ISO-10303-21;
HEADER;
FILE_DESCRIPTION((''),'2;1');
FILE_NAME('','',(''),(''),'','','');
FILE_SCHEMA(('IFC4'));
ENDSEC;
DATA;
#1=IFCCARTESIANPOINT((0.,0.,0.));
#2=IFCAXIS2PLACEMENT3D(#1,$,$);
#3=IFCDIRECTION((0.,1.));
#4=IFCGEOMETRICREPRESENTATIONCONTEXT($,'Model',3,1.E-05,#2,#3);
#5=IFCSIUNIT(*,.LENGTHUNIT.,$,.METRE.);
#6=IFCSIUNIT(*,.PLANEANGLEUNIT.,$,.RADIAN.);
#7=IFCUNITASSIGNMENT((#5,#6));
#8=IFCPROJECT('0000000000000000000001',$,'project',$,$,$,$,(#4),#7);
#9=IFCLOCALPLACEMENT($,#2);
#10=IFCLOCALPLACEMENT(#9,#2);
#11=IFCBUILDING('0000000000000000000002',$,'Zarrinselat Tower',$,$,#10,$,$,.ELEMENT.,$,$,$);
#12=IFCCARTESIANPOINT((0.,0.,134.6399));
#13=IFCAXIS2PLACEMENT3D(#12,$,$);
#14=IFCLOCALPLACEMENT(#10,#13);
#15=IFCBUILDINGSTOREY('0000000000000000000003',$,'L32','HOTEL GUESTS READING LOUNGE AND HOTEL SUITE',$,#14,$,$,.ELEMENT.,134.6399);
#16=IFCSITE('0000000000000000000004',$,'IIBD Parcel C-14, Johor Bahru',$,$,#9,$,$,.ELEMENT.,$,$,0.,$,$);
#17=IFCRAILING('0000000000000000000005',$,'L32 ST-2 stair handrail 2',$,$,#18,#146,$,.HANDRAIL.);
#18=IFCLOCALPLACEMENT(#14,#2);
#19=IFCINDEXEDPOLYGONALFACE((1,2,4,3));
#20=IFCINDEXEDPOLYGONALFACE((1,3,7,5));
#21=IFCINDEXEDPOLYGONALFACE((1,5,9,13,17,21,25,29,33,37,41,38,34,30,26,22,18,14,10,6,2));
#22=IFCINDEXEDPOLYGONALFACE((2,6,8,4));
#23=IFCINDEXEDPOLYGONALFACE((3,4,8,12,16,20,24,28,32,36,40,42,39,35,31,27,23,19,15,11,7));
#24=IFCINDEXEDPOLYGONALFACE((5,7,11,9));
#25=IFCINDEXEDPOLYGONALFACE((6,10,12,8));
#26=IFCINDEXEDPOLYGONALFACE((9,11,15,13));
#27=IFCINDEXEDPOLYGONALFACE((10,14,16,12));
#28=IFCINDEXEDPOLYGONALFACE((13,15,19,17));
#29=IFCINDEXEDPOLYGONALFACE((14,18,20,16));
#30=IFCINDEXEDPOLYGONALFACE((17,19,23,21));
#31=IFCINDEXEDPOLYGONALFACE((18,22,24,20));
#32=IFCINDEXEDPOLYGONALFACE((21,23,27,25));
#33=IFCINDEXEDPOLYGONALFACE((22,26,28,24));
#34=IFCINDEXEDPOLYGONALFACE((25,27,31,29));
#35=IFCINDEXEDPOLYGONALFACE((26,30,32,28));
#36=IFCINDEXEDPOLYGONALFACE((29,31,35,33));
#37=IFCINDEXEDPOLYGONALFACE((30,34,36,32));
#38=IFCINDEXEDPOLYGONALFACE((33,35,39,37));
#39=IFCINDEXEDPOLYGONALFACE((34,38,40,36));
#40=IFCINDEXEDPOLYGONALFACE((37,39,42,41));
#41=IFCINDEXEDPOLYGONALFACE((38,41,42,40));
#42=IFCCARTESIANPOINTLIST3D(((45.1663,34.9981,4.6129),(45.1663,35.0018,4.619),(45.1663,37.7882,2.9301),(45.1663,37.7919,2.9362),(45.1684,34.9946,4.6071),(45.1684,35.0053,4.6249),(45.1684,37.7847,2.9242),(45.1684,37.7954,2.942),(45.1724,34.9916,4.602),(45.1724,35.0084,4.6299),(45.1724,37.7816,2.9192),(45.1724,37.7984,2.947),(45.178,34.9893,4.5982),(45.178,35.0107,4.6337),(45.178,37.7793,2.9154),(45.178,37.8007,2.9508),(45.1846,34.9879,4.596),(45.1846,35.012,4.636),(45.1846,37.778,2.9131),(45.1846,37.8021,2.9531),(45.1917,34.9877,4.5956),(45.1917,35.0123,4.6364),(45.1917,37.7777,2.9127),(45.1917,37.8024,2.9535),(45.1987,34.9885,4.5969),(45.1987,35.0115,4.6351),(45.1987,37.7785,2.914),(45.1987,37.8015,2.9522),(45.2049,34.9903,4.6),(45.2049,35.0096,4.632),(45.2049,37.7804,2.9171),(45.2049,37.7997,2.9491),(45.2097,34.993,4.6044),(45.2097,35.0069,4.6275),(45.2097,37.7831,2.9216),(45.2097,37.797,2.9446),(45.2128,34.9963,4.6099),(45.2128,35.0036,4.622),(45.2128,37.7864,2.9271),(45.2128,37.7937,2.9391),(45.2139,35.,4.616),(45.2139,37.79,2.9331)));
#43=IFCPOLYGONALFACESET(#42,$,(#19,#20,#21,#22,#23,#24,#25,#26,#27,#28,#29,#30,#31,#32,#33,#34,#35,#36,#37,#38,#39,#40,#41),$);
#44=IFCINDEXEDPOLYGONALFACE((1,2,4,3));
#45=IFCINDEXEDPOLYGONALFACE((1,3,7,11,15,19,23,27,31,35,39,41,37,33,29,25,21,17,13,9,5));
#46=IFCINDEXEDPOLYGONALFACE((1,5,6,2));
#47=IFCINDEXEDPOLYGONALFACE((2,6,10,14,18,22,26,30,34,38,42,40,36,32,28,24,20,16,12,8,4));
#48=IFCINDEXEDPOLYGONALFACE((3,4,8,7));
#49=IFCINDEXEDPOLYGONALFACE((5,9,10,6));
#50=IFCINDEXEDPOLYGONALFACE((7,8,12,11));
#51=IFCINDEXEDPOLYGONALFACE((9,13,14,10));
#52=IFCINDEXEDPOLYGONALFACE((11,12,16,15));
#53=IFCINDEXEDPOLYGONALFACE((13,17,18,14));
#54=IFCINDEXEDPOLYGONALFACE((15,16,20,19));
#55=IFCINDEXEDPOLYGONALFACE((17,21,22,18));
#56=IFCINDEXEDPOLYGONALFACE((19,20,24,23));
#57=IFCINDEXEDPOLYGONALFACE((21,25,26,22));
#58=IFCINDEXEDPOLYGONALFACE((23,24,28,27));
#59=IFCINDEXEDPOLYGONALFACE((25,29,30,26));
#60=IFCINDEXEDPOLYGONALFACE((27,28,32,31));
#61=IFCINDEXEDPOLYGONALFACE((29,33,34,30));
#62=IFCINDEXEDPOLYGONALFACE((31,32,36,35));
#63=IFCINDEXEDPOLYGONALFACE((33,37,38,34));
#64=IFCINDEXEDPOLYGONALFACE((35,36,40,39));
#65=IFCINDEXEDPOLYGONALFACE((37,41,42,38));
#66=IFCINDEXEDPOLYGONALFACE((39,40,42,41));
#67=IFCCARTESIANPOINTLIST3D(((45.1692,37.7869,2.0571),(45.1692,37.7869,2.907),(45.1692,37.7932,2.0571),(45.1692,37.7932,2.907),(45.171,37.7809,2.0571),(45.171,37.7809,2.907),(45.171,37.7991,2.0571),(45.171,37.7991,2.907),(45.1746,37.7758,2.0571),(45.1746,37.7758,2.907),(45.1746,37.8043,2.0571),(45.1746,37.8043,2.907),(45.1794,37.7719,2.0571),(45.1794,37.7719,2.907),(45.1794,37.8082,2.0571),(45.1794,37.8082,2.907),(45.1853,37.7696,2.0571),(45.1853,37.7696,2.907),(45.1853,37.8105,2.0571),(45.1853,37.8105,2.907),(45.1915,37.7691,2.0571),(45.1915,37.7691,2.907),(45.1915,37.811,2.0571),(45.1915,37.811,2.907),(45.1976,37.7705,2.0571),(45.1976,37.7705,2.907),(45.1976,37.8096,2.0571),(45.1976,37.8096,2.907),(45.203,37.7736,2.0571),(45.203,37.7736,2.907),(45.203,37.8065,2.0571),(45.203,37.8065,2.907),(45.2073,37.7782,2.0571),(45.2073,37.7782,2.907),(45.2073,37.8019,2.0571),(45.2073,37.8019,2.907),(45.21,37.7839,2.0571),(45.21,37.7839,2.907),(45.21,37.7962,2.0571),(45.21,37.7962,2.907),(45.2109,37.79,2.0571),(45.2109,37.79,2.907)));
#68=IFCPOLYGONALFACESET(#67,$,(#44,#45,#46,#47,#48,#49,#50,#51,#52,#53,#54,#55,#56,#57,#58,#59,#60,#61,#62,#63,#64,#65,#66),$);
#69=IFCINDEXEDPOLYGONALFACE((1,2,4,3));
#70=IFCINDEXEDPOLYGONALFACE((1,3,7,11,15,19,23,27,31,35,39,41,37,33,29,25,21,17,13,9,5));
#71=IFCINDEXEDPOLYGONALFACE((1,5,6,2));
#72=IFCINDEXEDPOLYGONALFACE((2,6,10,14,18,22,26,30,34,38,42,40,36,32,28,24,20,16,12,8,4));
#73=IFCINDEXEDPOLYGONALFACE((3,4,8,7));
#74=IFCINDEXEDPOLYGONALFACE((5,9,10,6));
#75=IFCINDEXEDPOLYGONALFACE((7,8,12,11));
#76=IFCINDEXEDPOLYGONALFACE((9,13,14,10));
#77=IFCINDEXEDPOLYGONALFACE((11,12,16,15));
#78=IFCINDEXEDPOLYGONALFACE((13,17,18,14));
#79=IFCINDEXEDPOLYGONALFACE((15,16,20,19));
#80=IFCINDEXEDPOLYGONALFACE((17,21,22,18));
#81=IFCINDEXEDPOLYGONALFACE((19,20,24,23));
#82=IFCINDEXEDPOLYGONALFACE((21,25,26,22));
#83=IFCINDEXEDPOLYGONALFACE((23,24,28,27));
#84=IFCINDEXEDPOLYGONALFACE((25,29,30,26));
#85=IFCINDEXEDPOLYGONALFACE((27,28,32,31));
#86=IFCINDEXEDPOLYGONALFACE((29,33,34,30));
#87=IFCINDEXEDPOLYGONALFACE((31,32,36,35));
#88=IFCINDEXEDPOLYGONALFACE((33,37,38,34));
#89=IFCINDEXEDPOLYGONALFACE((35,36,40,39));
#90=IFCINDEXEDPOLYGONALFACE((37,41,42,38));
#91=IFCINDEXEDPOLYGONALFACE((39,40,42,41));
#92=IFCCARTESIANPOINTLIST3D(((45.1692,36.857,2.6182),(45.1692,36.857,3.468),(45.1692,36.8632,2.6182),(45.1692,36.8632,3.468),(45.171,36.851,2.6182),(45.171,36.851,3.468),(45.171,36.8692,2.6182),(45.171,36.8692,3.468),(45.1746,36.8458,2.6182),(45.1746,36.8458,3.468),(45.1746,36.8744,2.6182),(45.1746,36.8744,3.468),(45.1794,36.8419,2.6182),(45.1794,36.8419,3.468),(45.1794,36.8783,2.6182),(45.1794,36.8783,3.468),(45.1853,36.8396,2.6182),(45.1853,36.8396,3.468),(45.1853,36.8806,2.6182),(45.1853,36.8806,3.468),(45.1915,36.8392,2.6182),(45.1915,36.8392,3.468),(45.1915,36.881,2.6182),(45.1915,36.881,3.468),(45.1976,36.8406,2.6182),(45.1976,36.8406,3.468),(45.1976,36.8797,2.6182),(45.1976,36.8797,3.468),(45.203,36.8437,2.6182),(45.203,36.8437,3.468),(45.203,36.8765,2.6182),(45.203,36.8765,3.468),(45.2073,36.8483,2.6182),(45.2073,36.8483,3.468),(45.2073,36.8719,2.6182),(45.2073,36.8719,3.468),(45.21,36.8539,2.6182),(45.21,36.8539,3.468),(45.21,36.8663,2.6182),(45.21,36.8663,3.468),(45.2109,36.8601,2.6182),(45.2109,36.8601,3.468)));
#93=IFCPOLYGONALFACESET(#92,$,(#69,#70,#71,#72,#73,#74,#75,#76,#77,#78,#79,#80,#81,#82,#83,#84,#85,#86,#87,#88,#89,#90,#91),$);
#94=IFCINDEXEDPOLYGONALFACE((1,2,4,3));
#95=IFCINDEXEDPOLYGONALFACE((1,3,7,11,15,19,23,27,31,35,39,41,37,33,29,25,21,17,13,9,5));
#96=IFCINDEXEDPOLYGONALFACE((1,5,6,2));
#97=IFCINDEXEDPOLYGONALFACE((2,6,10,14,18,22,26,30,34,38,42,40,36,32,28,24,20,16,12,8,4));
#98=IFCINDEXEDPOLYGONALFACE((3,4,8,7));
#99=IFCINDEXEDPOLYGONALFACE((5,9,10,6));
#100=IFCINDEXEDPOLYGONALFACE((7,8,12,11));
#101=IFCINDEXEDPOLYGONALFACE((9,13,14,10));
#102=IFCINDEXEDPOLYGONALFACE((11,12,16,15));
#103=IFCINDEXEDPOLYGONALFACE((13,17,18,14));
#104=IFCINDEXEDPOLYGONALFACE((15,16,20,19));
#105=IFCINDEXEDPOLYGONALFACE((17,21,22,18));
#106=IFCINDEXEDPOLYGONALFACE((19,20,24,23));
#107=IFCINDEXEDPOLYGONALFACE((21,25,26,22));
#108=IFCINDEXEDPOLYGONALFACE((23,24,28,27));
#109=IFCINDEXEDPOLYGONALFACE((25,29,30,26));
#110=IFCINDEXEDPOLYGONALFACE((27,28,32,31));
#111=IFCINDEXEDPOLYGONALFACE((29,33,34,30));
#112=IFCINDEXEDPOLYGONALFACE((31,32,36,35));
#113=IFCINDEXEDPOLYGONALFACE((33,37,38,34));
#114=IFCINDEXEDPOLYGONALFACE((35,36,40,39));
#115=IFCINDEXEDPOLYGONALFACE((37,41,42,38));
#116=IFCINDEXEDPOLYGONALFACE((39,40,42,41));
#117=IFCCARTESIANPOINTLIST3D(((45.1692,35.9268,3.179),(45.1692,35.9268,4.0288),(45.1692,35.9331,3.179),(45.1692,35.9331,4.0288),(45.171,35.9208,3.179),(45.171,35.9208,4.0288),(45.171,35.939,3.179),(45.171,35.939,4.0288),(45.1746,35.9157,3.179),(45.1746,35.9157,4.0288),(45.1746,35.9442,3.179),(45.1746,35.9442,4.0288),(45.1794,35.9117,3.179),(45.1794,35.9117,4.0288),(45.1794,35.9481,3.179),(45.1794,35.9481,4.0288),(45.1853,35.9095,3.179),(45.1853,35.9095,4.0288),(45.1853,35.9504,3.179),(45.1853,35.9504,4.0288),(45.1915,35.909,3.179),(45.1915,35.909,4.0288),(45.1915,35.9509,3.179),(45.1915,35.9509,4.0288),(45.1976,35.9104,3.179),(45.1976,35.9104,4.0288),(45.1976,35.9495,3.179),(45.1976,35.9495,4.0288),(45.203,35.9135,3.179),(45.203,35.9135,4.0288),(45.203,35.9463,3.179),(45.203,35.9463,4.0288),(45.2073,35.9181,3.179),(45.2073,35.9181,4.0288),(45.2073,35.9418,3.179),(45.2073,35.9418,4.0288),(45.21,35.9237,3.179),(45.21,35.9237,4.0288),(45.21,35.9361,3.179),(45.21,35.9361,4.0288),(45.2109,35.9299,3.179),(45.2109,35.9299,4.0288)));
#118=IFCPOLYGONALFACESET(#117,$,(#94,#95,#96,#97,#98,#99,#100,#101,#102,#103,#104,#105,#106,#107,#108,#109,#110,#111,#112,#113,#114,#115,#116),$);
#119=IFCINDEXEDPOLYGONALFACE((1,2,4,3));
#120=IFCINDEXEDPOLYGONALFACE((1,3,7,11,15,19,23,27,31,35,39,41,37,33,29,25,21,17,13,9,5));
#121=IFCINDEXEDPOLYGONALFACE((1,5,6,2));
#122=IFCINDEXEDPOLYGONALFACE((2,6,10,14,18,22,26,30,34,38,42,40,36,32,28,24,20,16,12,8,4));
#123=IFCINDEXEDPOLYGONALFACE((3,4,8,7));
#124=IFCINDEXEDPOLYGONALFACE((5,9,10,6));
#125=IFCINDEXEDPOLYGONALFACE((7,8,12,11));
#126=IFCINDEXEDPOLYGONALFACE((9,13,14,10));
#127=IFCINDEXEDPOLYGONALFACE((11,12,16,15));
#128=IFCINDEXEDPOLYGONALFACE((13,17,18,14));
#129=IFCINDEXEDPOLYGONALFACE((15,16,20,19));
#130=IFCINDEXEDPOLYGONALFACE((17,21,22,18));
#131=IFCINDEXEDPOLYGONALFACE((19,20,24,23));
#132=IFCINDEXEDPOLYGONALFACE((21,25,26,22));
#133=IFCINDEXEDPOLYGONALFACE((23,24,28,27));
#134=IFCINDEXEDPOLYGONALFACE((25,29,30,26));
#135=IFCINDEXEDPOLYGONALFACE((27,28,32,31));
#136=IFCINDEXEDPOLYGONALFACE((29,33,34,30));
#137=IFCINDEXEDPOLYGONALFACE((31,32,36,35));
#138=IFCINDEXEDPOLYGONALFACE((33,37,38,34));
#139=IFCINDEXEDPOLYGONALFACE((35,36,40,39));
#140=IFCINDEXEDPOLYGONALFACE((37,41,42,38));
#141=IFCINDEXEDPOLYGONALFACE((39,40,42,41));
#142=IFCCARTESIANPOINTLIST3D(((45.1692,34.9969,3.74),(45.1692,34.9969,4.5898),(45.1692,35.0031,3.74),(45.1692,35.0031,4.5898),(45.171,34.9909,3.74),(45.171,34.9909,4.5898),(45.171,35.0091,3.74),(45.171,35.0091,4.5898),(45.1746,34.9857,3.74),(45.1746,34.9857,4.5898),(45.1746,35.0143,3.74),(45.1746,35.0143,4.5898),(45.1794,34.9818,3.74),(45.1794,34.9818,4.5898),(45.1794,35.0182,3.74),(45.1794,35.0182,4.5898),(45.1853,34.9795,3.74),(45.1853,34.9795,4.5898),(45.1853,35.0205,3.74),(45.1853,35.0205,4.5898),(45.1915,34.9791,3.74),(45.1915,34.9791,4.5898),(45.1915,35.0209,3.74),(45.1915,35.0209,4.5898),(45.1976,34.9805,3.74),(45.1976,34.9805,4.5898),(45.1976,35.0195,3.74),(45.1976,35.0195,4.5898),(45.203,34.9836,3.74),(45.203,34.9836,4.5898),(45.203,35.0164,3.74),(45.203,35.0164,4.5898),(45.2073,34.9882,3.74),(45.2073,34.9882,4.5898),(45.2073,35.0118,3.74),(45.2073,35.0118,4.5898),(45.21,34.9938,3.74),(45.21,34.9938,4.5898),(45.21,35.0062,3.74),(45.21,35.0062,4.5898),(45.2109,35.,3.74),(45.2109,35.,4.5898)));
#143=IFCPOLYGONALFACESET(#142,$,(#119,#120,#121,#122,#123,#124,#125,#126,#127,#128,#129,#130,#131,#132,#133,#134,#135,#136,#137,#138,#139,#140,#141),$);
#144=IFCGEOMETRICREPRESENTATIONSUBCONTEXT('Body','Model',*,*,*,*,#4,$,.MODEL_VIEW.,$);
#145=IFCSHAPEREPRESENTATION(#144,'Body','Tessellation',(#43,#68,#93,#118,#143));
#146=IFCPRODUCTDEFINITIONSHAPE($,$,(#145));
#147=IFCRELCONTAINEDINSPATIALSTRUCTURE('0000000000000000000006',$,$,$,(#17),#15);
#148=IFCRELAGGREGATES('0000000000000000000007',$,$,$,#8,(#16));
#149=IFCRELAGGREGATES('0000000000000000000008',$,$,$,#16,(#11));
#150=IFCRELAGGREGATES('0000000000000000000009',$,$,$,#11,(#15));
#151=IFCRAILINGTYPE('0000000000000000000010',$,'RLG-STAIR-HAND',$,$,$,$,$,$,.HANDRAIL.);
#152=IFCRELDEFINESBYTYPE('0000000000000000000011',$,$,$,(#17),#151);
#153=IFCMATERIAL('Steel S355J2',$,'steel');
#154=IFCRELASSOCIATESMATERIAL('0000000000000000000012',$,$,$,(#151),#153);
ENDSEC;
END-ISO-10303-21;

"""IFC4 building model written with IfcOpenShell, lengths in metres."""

from ifc_helpers import new_model, si_unit, direction, frame, origin, origin_2d, place, context, subcontext, project, spatial, circle, extrude, material, type_object, element, save


model = new_model("IFC4")

# Units and contexts
model_context = context("Model", 3, precision=1e-05, world=origin(), true_north=direction((0.0, 1.0)))
body_context = subcontext(model_context, "Body", "Model", "MODEL_VIEW")
ifc_project = project(units=[si_unit("LENGTHUNIT", "METRE"), si_unit("PLANEANGLEUNIT", "RADIAN")], contexts=[model_context])

# Site, building, storey
site_placement = place(None, origin())
site = spatial("IfcSite", under=ifc_project, at=site_placement, Name="IIBD Parcel C-14, Johor Bahru", CompositionType="ELEMENT", RefElevation=0.0)
building_placement = place(site_placement, origin())
building = spatial("IfcBuilding", under=site, at=building_placement, Name="Zarrinselat Tower", CompositionType="ELEMENT")
storey_placement = place(building_placement, frame((0.0, 0.0, 134.6399)))
storey = spatial("IfcBuildingStorey", under=building, at=storey_placement, Name="L32", Description="HOTEL GUESTS READING LOUNGE AND HOTEL SUITE", CompositionType="ELEMENT", Elevation=134.6399)

# Railing
ifc_material_1 = material(Name="Steel S355J2", Category="steel")
railing_type_1 = type_object("IfcRailingType", Name="RLG-STAIR-HAND", PredefinedType="HANDRAIL", material=ifc_material_1)
railing_1_placement = place(storey_placement, frame((45.1899, 37.79, 2.0571)))
element("IfcRailing", 1, at=railing_1_placement, inside=storey, type_object=railing_type_1, Name="L32 ST-2 stair handrail 2", PredefinedType="HANDRAIL", context=body_context, shape_type="SweptSolid", body=[
    extrude(circle(Radius=0.0239, at=origin_2d()), frame((0.0, 0.0, 0.876), z_axis=(0.0, -0.856294, 0.516489), x_axis=(1.0, 0.0, 0.0)), (0.0, 0.0, 1.0), 3.2583),
    extrude(circle(Radius=0.021, at=origin_2d()), origin(), (0.0, 0.0, 1.0), 0.8499),
    extrude(circle(Radius=0.021, at=origin_2d()), frame((0.0, -0.9299, 0.561)), (0.0, 0.0, 1.0), 0.8499),
    extrude(circle(Radius=0.021, at=origin_2d()), frame((0.0, -1.8601, 1.1218)), (0.0, 0.0, 1.0), 0.8499),
    extrude(circle(Radius=0.021, at=origin_2d()), frame((0.0, -2.79, 1.6829)), (0.0, 0.0, 1.0), 0.8499),
])

save(model, "model.ifc")
